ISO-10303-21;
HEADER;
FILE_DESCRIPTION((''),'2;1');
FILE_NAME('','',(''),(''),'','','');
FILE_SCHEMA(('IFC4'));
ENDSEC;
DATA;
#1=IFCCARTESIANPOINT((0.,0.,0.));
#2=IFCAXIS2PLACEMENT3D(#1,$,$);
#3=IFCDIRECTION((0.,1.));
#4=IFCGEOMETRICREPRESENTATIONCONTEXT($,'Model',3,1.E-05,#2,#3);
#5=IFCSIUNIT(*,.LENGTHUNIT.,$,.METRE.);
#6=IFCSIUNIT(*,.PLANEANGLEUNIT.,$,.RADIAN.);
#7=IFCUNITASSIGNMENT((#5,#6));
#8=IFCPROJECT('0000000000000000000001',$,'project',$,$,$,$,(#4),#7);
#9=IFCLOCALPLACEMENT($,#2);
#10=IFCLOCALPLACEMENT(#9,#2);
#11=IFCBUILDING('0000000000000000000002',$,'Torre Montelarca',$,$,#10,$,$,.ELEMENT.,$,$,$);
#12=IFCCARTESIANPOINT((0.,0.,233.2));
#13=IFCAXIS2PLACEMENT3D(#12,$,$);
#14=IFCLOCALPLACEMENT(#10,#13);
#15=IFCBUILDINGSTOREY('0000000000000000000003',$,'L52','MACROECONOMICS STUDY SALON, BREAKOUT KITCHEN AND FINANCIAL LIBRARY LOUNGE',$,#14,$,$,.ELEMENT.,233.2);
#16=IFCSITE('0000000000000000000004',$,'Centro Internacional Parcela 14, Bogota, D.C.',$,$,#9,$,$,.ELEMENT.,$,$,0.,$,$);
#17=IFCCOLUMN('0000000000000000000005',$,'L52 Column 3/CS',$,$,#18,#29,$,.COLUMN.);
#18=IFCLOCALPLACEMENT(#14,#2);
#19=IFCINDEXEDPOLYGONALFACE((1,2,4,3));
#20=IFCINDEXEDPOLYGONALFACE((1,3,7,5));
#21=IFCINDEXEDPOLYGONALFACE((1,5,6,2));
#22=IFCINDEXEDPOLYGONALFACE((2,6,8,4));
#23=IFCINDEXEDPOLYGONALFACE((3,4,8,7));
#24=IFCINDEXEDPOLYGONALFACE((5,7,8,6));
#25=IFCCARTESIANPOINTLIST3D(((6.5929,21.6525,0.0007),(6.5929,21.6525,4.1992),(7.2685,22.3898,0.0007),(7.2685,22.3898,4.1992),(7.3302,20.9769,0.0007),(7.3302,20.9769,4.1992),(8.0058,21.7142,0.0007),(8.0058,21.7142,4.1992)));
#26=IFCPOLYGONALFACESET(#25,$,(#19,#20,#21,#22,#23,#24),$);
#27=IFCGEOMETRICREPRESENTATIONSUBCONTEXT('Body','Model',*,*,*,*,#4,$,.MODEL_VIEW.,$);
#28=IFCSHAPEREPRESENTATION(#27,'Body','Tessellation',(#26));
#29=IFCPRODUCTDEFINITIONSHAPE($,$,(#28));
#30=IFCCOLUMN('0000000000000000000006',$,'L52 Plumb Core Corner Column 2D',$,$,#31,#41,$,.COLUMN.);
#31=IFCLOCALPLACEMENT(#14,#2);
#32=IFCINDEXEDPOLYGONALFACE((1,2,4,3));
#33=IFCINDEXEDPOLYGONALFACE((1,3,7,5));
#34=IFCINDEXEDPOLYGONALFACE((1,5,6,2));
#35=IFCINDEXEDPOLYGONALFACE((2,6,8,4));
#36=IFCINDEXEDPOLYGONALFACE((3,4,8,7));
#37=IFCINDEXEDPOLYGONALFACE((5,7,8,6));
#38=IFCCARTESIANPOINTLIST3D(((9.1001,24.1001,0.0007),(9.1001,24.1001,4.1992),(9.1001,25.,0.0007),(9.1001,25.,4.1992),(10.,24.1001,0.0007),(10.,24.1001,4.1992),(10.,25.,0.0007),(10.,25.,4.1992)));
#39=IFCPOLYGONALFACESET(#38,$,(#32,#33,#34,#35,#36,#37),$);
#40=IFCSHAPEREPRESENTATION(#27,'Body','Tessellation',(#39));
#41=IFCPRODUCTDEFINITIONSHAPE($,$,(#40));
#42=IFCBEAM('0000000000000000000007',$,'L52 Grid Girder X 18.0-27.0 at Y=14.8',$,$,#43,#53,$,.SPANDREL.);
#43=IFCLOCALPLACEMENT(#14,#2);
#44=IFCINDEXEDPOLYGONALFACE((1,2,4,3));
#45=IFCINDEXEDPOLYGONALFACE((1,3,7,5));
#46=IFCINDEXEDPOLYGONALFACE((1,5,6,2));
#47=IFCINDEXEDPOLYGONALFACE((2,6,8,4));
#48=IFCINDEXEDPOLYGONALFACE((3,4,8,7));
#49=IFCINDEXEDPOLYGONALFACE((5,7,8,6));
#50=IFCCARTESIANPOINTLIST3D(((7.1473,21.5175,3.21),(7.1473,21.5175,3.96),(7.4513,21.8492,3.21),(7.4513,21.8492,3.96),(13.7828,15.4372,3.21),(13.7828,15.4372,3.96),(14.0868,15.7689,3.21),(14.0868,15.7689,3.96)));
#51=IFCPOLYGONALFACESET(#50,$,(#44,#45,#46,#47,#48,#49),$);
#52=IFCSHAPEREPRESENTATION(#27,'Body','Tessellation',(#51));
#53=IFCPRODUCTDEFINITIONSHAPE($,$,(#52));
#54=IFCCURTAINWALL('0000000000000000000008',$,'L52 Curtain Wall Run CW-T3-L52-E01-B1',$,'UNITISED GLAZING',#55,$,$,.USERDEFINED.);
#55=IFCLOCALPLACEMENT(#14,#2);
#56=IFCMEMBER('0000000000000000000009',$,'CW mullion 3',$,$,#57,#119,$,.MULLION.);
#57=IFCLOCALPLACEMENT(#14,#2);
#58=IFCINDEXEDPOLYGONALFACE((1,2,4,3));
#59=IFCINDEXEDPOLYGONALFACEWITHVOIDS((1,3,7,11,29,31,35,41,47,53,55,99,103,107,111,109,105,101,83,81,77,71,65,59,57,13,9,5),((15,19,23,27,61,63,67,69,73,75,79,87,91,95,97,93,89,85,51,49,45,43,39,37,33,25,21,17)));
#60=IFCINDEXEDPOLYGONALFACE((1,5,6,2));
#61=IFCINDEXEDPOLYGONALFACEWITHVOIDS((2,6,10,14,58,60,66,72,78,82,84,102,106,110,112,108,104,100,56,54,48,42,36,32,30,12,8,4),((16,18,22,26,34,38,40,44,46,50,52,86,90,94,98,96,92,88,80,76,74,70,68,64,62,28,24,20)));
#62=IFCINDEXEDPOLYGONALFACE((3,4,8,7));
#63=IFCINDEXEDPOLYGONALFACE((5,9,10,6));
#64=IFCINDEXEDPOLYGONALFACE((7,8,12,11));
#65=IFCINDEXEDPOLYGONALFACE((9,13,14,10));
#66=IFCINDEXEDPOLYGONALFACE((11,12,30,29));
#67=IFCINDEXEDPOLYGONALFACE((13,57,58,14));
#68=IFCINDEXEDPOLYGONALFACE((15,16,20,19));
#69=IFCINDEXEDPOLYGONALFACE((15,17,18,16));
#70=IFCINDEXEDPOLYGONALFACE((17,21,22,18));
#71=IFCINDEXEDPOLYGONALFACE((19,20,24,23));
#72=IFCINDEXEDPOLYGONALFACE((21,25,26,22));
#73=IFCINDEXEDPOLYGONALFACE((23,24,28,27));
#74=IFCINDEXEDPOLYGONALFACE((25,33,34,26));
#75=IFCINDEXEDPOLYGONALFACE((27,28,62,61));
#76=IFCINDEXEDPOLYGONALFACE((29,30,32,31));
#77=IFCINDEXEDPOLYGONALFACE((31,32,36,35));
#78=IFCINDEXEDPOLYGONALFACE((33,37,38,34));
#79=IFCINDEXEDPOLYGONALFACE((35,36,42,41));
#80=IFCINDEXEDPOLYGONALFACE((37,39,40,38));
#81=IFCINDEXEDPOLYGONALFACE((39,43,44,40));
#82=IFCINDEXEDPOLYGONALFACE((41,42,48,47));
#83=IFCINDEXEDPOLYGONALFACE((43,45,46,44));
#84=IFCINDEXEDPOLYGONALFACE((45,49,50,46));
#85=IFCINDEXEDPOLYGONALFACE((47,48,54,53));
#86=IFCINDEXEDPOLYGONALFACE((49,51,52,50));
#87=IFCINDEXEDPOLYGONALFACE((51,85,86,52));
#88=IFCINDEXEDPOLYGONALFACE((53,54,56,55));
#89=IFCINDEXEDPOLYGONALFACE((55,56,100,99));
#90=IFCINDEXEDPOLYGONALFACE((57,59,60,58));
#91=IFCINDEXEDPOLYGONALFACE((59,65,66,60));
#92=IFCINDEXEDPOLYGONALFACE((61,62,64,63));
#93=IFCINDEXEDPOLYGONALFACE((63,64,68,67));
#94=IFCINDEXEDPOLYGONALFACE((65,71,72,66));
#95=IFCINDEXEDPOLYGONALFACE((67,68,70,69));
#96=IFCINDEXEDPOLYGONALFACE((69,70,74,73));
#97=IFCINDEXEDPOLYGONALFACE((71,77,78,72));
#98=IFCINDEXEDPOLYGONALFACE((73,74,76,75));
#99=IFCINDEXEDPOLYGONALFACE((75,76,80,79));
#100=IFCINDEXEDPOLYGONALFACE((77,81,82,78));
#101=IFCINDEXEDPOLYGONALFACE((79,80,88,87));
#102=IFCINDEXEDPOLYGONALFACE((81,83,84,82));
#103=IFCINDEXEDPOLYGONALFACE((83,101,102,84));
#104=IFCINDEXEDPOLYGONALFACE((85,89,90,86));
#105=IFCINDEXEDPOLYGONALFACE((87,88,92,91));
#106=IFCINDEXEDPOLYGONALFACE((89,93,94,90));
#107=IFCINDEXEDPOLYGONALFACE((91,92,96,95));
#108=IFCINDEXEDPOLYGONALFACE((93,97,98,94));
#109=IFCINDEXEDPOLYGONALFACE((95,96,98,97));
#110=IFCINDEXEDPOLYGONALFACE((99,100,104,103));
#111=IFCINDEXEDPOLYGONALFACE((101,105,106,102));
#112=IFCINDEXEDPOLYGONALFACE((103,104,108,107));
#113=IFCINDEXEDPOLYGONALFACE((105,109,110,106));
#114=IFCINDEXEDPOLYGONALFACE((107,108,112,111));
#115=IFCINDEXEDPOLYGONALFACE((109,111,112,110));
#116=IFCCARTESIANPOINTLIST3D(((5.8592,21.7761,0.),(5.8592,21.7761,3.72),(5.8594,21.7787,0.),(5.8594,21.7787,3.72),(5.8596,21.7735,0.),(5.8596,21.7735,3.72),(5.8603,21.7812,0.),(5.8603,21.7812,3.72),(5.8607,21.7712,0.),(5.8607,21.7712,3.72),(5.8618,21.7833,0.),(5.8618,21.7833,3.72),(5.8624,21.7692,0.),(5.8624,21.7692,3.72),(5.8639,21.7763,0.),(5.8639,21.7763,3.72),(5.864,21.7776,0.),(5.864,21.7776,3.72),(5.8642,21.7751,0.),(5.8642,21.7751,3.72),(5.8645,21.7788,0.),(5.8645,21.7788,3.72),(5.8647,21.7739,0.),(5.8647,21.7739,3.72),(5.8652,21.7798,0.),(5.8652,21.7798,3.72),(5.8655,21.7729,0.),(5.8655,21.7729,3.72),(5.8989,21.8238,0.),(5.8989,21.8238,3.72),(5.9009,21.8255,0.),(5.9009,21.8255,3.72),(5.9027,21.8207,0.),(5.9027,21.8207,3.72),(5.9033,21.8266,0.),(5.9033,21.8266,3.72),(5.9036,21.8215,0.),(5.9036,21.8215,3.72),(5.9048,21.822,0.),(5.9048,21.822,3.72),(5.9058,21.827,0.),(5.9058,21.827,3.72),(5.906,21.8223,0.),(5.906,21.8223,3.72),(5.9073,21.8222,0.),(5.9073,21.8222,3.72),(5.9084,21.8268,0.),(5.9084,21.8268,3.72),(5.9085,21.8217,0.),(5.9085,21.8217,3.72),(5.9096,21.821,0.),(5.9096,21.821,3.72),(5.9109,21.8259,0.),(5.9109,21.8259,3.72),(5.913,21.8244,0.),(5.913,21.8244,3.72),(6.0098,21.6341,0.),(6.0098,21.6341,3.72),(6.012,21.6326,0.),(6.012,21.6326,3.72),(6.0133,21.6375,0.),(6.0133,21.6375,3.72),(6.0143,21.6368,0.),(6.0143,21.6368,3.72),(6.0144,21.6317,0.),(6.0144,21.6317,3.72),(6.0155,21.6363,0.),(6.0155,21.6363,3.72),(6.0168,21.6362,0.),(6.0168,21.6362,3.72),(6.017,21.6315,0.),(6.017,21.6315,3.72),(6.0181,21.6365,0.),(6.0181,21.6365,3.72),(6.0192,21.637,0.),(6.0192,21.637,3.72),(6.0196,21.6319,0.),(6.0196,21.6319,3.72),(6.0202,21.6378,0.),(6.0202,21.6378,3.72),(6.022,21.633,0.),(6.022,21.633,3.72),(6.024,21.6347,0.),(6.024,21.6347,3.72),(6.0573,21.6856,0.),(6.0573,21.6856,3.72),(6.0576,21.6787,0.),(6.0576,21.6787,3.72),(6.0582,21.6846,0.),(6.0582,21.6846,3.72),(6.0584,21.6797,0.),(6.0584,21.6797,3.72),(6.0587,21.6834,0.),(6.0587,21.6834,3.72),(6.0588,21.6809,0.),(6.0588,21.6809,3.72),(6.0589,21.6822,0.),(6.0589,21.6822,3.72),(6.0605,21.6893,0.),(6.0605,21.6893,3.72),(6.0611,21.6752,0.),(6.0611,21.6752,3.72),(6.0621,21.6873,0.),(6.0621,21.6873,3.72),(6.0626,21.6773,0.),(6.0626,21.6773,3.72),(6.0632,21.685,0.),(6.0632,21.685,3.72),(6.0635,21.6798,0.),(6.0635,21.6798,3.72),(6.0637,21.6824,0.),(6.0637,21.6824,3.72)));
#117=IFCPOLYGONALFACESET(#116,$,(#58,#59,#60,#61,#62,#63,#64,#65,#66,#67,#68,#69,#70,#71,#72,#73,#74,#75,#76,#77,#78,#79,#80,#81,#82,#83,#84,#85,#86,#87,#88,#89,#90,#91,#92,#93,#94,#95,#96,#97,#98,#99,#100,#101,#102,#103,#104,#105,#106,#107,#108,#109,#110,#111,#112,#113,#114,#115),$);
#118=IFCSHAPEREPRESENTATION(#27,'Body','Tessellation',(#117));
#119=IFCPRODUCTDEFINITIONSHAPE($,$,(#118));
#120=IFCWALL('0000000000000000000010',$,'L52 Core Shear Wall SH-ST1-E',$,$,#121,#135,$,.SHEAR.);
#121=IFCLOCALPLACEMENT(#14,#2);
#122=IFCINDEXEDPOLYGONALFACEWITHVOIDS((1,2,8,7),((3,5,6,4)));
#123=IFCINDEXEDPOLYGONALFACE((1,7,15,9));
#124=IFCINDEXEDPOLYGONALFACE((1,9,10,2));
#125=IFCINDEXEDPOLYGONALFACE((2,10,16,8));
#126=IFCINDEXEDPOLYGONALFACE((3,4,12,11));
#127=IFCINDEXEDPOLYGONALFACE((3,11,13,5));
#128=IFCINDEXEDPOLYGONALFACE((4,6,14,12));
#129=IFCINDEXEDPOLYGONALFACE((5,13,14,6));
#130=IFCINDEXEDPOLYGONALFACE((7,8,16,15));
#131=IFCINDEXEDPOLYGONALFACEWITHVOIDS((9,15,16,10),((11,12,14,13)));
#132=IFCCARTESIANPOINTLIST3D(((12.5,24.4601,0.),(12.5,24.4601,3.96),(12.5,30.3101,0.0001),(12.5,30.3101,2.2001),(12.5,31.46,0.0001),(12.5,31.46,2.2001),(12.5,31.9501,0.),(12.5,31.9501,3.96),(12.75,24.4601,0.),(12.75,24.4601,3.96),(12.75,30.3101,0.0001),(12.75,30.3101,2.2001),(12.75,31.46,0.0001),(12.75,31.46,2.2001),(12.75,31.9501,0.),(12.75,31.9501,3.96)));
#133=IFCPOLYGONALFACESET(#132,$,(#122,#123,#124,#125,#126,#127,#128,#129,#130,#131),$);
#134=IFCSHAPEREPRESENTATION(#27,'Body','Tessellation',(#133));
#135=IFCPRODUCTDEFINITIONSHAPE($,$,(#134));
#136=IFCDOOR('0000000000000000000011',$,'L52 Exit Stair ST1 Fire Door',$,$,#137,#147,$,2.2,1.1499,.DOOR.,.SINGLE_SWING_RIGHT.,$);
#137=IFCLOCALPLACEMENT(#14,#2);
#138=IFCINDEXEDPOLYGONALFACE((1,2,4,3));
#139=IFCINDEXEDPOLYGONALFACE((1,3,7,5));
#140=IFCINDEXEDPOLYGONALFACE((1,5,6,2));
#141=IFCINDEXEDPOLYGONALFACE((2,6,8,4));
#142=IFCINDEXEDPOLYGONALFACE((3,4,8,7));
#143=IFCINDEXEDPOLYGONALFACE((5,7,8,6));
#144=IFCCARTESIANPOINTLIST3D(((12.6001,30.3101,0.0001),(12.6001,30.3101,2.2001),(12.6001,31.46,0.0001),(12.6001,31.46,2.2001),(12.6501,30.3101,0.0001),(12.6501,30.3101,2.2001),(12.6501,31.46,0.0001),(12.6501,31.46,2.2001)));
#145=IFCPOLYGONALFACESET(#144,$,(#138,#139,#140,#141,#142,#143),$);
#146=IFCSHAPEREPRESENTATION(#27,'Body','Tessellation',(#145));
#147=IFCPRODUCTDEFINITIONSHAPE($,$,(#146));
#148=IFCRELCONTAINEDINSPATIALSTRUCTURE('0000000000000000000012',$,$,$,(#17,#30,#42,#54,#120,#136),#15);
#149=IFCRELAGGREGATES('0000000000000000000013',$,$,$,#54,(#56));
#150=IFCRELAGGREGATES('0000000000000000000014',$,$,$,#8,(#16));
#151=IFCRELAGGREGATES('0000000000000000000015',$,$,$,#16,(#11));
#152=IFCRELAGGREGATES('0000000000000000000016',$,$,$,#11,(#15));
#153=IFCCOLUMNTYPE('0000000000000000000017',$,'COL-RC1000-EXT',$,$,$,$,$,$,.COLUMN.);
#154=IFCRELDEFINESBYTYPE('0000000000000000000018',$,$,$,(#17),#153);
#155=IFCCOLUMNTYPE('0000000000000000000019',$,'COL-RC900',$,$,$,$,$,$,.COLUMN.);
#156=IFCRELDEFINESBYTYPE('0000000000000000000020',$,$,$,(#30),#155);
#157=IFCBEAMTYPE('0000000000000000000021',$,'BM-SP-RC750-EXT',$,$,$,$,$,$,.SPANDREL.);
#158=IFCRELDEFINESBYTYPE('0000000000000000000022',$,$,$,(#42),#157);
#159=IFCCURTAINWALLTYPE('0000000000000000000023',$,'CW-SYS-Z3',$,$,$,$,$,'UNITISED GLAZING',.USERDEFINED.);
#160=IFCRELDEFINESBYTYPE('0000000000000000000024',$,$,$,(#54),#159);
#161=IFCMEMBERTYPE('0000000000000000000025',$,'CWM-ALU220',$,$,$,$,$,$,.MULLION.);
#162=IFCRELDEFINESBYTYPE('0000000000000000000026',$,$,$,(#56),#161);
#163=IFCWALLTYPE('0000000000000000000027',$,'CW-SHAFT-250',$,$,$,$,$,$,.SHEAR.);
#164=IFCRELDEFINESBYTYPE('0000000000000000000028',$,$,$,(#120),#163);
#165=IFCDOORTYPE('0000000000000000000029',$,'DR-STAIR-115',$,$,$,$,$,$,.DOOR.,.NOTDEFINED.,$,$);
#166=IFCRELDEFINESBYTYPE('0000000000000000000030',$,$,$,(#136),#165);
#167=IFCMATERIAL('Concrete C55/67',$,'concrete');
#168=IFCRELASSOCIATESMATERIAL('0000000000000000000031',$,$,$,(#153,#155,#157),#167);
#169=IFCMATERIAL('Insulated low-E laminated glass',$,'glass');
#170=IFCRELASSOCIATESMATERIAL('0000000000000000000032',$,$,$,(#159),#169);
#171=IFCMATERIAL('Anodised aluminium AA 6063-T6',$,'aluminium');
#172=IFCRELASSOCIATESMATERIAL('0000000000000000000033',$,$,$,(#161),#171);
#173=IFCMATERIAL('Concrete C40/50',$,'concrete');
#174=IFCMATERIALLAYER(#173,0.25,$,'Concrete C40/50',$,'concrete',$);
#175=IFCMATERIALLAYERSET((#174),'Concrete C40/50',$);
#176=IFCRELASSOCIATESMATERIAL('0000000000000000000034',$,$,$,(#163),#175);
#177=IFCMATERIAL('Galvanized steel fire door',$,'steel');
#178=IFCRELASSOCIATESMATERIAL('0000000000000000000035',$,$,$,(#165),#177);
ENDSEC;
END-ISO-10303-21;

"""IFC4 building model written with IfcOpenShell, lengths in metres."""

from ifc_helpers import new_model, si_unit, direction, frame, frame_2d, origin, origin_2d, place, context, subcontext, project, spatial, rectangle, hollow_rectangle, extrude, source, transform, mapped, material, layer, layer_set, material_profile, profile_set, type_object, element, fill, aggregate, save


model = new_model("IFC4")

# Units and contexts
model_context = context("Model", 3, precision=1e-05, world=origin(), true_north=direction((0.0, 1.0)))
body_context = subcontext(model_context, "Body", "Model", "MODEL_VIEW")
ifc_project = project(units=[si_unit("LENGTHUNIT", "METRE"), si_unit("PLANEANGLEUNIT", "RADIAN")], contexts=[model_context])

# Site, building, storey
site_placement = place(None, origin())
site = spatial("IfcSite", under=ifc_project, at=site_placement, Name="Centro Internacional Parcela 14, Bogota, D.C.", CompositionType="ELEMENT", RefElevation=0.0)
building_placement = place(site_placement, origin())
building = spatial("IfcBuilding", under=site, at=building_placement, Name="Torre Montelarca", CompositionType="ELEMENT")
storey_placement = place(building_placement, frame((0.0, 0.0, 233.2)))
storey = spatial("IfcBuildingStorey", under=building, at=storey_placement, Name="L52", Description="MACROECONOMICS STUDY SALON, BREAKOUT KITCHEN AND FINANCIAL LIBRARY LOUNGE", CompositionType="ELEMENT", Elevation=233.2)

# Columns
ifc_material_1 = material(Name="Concrete C55/67", Category="concrete")
ifc_material_profile_1 = material_profile(ifc_material_1, rectangle(XDim=1.0, YDim=1.0, at=origin_2d()), Name="RC1000X1000", Category="concrete")
ifc_profile_set_1 = profile_set([ifc_material_profile_1], Name="Concrete C55/67")
column_type_1 = type_object("IfcColumnType", Name="COL-RC1000-EXT", PredefinedType="COLUMN", material=ifc_profile_set_1)
shared_shape_1 = source(origin(), body_context, "Body", "SweptSolid", [
    extrude(rectangle(XDim=1.0, YDim=1.0, at=origin_2d()), origin(), (0.0, 0.0, 1.0), 4.1985),
])
column_1_placement = place(storey_placement, frame((7.2993, 21.6833, 0.0007), z_axis=(0.0, 0.0, 1.0), x_axis=(-0.737277, 0.67559, 0.0)))
element("IfcColumn", 1, at=column_1_placement, inside=storey, type_object=column_type_1, Name="L52 Column 3/CS", PredefinedType="COLUMN", context=body_context, shape_type="MappedRepresentation", body=[
    mapped(shared_shape_1, transform((0.0, 0.0, 0.0), scale=1.0)),
])
ifc_material_profile_2 = material_profile(ifc_material_1, rectangle(XDim=0.8999, YDim=0.8999, at=origin_2d()), Name="RC900X900", Category="concrete")
ifc_profile_set_2 = profile_set([ifc_material_profile_2], Name="Concrete C55/67")
column_type_2 = type_object("IfcColumnType", Name="COL-RC900", PredefinedType="COLUMN", material=ifc_profile_set_2)
shared_shape_2 = source(origin(), body_context, "Body", "SweptSolid", [
    extrude(rectangle(XDim=0.8999, YDim=0.8999, at=origin_2d()), origin(), (0.0, 0.0, 1.0), 4.1985),
])
column_2_placement = place(storey_placement, frame((9.55, 24.55, 0.0007), z_axis=(0.0, 0.0, 1.0), x_axis=(1.0, 0.0, 0.0)))
element("IfcColumn", 2, at=column_2_placement, inside=storey, type_object=column_type_2, Name="L52 Plumb Core Corner Column 2D", PredefinedType="COLUMN", context=body_context, shape_type="MappedRepresentation", body=[
    mapped(shared_shape_2, transform((0.0, 0.0, 0.0), scale=1.0)),
])

# Beam
ifc_material_profile_3 = material_profile(ifc_material_1, rectangle(XDim=0.45, YDim=0.75, at=origin_2d()), Name="RCB450X750", Category="concrete")
ifc_profile_set_3 = profile_set([ifc_material_profile_3], Name="Concrete C55/67")
beam_type = type_object("IfcBeamType", Name="BM-SP-RC750-EXT", PredefinedType="SPANDREL", material=ifc_profile_set_3)
shared_shape_3 = source(origin(), body_context, "Body", "SweptSolid", [
    extrude(rectangle(XDim=0.45, YDim=0.75, at=origin_2d()), origin(), (0.0, 0.0, 1.0), 9.0),
])
beam_placement = place(storey_placement, frame((7.2993, 21.6833, 3.585), z_axis=(0.737277, -0.675591, 0.0), x_axis=(0.675591, 0.737277, 0.0)))
element("IfcBeam", 3, at=beam_placement, inside=storey, type_object=beam_type, Name="L52 Grid Girder X 18.0-27.0 at Y=14.8", PredefinedType="SPANDREL", context=body_context, shape_type="MappedRepresentation", body=[
    mapped(shared_shape_3, transform((0.0, 0.0, 0.0), scale=1.0)),
])

# Curtain wall, member
ifc_material_2 = material(Name="Insulated low-E laminated glass", Category="glass")
curtain_wall_type = type_object("IfcCurtainWallType", Name="CW-SYS-Z3", ElementType="UNITISED GLAZING", PredefinedType="USERDEFINED", material=ifc_material_2)
curtain_wall_placement = place(storey_placement, origin())
curtain_wall = element("IfcCurtainWall", 4, at=curtain_wall_placement, inside=storey, type_object=curtain_wall_type, Name="L52 Curtain Wall Run CW-T3-L52-E01-B1", ObjectType="UNITISED GLAZING", PredefinedType="USERDEFINED")
ifc_material_3 = material(Name="Anodised aluminium AA 6063-T6", Category="aluminium")
ifc_material_profile_4 = material_profile(ifc_material_3, hollow_rectangle(XDim=0.075, YDim=0.22, WallThickness=0.0049, InnerFilletRadius=0.0049, OuterFilletRadius=0.01, at=origin_2d()), Name="ALU75X220X5", Category="aluminium")
ifc_profile_set_4 = profile_set([ifc_material_profile_4], Name="Anodised aluminium AA 6063-T6")
member_type = type_object("IfcMemberType", Name="CWM-ALU220", PredefinedType="MULLION", material=ifc_profile_set_4)
shared_shape_4 = source(origin(), body_context, "Body", "SweptSolid", [
    extrude(hollow_rectangle(XDim=0.075, YDim=0.22, WallThickness=0.0049, InnerFilletRadius=0.0049, OuterFilletRadius=0.01, at=origin_2d()), origin(), (0.0, 0.0, 1.0), 3.72),
])
member_placement = place(storey_placement, frame((5.9614, 21.7292, 0.0), z_axis=(0.0, 0.0, 1.0), x_axis=(0.675581, 0.737286, 0.0)))
member = element("IfcMember", 5, at=member_placement, type_object=member_type, Name="CW mullion 3", PredefinedType="MULLION", context=body_context, shape_type="MappedRepresentation", body=[
    mapped(shared_shape_4, transform((0.0, 0.0, 0.0), scale=1.0)),
])
aggregate(curtain_wall, [member])

# Wall, opening, door
ifc_material_4 = material(Name="Concrete C40/50", Category="concrete")
ifc_layer_1 = layer(ifc_material_4, 0.25, Name="Concrete C40/50", Category="concrete")
ifc_layer_set_1 = layer_set([ifc_layer_1], Name="Concrete C40/50")
wall_type_1 = type_object("IfcWallType", Name="CW-SHAFT-250", PredefinedType="SHEAR", material=ifc_layer_set_1)
wall_1_placement = place(storey_placement, frame((12.625, 24.46, 0.0), z_axis=(0.0, 0.0, 1.0), x_axis=(0.0, 1.0, 0.0)))
wall_1 = element("IfcWall", 6, at=wall_1_placement, inside=storey, type_object=wall_type_1, Name="L52 Core Shear Wall SH-ST1-E", PredefinedType="SHEAR", context=body_context, shape_type="SweptSolid", body=[
    extrude(rectangle(XDim=7.49, YDim=0.25, at=frame_2d((3.7451, 0.0))), origin(), (0.0, 0.0, 1.0), 3.96),
])
opening_1_placement = place(wall_1_placement, frame((5.8501, 0.0, 0.0)))
opening_1 = element("IfcOpeningElement", 7, at=opening_1_placement, cuts=wall_1, PredefinedType="OPENING", context=body_context, shape_type="SweptSolid", body=[
    extrude(rectangle(XDim=1.1499, YDim=2.2, at=frame_2d((0.575, 1.1001))), frame((0.0, 0.135, 0.0), z_axis=(0.0, -1.0, 0.0), x_axis=(1.0, 0.0, 0.0)), (0.0, 0.0, 1.0), 0.27),
])
ifc_material_5 = material(Name="Galvanized steel fire door", Category="steel")
door_type_1 = type_object("IfcDoorType", Name="DR-STAIR-115", OperationType="NOTDEFINED", PredefinedType="DOOR", material=ifc_material_5)
shared_shape_5 = source(origin(), body_context, "Body", "SweptSolid", [
    extrude(rectangle(XDim=1.1499, YDim=2.2, at=frame_2d((0.575, 1.1001))), frame((0.0, 0.0249, 0.0), z_axis=(0.0, -1.0, 0.0), x_axis=(1.0, 0.0, 0.0)), (0.0, 0.0, 1.0), 0.05),
])
door_1_placement = place(opening_1_placement, origin())
door_1 = element("IfcDoor", 8, at=door_1_placement, inside=storey, type_object=door_type_1, Name="L52 Exit Stair ST1 Fire Door", OperationType="SINGLE_SWING_RIGHT", OverallHeight=2.2, OverallWidth=1.1499, PredefinedType="DOOR", context=body_context, shape_type="MappedRepresentation", body=[
    mapped(shared_shape_5, transform((0.0, 0.0, 0.0), scale=1.0)),
])
fill(opening_1, door_1)

save(model, "model.ifc")
